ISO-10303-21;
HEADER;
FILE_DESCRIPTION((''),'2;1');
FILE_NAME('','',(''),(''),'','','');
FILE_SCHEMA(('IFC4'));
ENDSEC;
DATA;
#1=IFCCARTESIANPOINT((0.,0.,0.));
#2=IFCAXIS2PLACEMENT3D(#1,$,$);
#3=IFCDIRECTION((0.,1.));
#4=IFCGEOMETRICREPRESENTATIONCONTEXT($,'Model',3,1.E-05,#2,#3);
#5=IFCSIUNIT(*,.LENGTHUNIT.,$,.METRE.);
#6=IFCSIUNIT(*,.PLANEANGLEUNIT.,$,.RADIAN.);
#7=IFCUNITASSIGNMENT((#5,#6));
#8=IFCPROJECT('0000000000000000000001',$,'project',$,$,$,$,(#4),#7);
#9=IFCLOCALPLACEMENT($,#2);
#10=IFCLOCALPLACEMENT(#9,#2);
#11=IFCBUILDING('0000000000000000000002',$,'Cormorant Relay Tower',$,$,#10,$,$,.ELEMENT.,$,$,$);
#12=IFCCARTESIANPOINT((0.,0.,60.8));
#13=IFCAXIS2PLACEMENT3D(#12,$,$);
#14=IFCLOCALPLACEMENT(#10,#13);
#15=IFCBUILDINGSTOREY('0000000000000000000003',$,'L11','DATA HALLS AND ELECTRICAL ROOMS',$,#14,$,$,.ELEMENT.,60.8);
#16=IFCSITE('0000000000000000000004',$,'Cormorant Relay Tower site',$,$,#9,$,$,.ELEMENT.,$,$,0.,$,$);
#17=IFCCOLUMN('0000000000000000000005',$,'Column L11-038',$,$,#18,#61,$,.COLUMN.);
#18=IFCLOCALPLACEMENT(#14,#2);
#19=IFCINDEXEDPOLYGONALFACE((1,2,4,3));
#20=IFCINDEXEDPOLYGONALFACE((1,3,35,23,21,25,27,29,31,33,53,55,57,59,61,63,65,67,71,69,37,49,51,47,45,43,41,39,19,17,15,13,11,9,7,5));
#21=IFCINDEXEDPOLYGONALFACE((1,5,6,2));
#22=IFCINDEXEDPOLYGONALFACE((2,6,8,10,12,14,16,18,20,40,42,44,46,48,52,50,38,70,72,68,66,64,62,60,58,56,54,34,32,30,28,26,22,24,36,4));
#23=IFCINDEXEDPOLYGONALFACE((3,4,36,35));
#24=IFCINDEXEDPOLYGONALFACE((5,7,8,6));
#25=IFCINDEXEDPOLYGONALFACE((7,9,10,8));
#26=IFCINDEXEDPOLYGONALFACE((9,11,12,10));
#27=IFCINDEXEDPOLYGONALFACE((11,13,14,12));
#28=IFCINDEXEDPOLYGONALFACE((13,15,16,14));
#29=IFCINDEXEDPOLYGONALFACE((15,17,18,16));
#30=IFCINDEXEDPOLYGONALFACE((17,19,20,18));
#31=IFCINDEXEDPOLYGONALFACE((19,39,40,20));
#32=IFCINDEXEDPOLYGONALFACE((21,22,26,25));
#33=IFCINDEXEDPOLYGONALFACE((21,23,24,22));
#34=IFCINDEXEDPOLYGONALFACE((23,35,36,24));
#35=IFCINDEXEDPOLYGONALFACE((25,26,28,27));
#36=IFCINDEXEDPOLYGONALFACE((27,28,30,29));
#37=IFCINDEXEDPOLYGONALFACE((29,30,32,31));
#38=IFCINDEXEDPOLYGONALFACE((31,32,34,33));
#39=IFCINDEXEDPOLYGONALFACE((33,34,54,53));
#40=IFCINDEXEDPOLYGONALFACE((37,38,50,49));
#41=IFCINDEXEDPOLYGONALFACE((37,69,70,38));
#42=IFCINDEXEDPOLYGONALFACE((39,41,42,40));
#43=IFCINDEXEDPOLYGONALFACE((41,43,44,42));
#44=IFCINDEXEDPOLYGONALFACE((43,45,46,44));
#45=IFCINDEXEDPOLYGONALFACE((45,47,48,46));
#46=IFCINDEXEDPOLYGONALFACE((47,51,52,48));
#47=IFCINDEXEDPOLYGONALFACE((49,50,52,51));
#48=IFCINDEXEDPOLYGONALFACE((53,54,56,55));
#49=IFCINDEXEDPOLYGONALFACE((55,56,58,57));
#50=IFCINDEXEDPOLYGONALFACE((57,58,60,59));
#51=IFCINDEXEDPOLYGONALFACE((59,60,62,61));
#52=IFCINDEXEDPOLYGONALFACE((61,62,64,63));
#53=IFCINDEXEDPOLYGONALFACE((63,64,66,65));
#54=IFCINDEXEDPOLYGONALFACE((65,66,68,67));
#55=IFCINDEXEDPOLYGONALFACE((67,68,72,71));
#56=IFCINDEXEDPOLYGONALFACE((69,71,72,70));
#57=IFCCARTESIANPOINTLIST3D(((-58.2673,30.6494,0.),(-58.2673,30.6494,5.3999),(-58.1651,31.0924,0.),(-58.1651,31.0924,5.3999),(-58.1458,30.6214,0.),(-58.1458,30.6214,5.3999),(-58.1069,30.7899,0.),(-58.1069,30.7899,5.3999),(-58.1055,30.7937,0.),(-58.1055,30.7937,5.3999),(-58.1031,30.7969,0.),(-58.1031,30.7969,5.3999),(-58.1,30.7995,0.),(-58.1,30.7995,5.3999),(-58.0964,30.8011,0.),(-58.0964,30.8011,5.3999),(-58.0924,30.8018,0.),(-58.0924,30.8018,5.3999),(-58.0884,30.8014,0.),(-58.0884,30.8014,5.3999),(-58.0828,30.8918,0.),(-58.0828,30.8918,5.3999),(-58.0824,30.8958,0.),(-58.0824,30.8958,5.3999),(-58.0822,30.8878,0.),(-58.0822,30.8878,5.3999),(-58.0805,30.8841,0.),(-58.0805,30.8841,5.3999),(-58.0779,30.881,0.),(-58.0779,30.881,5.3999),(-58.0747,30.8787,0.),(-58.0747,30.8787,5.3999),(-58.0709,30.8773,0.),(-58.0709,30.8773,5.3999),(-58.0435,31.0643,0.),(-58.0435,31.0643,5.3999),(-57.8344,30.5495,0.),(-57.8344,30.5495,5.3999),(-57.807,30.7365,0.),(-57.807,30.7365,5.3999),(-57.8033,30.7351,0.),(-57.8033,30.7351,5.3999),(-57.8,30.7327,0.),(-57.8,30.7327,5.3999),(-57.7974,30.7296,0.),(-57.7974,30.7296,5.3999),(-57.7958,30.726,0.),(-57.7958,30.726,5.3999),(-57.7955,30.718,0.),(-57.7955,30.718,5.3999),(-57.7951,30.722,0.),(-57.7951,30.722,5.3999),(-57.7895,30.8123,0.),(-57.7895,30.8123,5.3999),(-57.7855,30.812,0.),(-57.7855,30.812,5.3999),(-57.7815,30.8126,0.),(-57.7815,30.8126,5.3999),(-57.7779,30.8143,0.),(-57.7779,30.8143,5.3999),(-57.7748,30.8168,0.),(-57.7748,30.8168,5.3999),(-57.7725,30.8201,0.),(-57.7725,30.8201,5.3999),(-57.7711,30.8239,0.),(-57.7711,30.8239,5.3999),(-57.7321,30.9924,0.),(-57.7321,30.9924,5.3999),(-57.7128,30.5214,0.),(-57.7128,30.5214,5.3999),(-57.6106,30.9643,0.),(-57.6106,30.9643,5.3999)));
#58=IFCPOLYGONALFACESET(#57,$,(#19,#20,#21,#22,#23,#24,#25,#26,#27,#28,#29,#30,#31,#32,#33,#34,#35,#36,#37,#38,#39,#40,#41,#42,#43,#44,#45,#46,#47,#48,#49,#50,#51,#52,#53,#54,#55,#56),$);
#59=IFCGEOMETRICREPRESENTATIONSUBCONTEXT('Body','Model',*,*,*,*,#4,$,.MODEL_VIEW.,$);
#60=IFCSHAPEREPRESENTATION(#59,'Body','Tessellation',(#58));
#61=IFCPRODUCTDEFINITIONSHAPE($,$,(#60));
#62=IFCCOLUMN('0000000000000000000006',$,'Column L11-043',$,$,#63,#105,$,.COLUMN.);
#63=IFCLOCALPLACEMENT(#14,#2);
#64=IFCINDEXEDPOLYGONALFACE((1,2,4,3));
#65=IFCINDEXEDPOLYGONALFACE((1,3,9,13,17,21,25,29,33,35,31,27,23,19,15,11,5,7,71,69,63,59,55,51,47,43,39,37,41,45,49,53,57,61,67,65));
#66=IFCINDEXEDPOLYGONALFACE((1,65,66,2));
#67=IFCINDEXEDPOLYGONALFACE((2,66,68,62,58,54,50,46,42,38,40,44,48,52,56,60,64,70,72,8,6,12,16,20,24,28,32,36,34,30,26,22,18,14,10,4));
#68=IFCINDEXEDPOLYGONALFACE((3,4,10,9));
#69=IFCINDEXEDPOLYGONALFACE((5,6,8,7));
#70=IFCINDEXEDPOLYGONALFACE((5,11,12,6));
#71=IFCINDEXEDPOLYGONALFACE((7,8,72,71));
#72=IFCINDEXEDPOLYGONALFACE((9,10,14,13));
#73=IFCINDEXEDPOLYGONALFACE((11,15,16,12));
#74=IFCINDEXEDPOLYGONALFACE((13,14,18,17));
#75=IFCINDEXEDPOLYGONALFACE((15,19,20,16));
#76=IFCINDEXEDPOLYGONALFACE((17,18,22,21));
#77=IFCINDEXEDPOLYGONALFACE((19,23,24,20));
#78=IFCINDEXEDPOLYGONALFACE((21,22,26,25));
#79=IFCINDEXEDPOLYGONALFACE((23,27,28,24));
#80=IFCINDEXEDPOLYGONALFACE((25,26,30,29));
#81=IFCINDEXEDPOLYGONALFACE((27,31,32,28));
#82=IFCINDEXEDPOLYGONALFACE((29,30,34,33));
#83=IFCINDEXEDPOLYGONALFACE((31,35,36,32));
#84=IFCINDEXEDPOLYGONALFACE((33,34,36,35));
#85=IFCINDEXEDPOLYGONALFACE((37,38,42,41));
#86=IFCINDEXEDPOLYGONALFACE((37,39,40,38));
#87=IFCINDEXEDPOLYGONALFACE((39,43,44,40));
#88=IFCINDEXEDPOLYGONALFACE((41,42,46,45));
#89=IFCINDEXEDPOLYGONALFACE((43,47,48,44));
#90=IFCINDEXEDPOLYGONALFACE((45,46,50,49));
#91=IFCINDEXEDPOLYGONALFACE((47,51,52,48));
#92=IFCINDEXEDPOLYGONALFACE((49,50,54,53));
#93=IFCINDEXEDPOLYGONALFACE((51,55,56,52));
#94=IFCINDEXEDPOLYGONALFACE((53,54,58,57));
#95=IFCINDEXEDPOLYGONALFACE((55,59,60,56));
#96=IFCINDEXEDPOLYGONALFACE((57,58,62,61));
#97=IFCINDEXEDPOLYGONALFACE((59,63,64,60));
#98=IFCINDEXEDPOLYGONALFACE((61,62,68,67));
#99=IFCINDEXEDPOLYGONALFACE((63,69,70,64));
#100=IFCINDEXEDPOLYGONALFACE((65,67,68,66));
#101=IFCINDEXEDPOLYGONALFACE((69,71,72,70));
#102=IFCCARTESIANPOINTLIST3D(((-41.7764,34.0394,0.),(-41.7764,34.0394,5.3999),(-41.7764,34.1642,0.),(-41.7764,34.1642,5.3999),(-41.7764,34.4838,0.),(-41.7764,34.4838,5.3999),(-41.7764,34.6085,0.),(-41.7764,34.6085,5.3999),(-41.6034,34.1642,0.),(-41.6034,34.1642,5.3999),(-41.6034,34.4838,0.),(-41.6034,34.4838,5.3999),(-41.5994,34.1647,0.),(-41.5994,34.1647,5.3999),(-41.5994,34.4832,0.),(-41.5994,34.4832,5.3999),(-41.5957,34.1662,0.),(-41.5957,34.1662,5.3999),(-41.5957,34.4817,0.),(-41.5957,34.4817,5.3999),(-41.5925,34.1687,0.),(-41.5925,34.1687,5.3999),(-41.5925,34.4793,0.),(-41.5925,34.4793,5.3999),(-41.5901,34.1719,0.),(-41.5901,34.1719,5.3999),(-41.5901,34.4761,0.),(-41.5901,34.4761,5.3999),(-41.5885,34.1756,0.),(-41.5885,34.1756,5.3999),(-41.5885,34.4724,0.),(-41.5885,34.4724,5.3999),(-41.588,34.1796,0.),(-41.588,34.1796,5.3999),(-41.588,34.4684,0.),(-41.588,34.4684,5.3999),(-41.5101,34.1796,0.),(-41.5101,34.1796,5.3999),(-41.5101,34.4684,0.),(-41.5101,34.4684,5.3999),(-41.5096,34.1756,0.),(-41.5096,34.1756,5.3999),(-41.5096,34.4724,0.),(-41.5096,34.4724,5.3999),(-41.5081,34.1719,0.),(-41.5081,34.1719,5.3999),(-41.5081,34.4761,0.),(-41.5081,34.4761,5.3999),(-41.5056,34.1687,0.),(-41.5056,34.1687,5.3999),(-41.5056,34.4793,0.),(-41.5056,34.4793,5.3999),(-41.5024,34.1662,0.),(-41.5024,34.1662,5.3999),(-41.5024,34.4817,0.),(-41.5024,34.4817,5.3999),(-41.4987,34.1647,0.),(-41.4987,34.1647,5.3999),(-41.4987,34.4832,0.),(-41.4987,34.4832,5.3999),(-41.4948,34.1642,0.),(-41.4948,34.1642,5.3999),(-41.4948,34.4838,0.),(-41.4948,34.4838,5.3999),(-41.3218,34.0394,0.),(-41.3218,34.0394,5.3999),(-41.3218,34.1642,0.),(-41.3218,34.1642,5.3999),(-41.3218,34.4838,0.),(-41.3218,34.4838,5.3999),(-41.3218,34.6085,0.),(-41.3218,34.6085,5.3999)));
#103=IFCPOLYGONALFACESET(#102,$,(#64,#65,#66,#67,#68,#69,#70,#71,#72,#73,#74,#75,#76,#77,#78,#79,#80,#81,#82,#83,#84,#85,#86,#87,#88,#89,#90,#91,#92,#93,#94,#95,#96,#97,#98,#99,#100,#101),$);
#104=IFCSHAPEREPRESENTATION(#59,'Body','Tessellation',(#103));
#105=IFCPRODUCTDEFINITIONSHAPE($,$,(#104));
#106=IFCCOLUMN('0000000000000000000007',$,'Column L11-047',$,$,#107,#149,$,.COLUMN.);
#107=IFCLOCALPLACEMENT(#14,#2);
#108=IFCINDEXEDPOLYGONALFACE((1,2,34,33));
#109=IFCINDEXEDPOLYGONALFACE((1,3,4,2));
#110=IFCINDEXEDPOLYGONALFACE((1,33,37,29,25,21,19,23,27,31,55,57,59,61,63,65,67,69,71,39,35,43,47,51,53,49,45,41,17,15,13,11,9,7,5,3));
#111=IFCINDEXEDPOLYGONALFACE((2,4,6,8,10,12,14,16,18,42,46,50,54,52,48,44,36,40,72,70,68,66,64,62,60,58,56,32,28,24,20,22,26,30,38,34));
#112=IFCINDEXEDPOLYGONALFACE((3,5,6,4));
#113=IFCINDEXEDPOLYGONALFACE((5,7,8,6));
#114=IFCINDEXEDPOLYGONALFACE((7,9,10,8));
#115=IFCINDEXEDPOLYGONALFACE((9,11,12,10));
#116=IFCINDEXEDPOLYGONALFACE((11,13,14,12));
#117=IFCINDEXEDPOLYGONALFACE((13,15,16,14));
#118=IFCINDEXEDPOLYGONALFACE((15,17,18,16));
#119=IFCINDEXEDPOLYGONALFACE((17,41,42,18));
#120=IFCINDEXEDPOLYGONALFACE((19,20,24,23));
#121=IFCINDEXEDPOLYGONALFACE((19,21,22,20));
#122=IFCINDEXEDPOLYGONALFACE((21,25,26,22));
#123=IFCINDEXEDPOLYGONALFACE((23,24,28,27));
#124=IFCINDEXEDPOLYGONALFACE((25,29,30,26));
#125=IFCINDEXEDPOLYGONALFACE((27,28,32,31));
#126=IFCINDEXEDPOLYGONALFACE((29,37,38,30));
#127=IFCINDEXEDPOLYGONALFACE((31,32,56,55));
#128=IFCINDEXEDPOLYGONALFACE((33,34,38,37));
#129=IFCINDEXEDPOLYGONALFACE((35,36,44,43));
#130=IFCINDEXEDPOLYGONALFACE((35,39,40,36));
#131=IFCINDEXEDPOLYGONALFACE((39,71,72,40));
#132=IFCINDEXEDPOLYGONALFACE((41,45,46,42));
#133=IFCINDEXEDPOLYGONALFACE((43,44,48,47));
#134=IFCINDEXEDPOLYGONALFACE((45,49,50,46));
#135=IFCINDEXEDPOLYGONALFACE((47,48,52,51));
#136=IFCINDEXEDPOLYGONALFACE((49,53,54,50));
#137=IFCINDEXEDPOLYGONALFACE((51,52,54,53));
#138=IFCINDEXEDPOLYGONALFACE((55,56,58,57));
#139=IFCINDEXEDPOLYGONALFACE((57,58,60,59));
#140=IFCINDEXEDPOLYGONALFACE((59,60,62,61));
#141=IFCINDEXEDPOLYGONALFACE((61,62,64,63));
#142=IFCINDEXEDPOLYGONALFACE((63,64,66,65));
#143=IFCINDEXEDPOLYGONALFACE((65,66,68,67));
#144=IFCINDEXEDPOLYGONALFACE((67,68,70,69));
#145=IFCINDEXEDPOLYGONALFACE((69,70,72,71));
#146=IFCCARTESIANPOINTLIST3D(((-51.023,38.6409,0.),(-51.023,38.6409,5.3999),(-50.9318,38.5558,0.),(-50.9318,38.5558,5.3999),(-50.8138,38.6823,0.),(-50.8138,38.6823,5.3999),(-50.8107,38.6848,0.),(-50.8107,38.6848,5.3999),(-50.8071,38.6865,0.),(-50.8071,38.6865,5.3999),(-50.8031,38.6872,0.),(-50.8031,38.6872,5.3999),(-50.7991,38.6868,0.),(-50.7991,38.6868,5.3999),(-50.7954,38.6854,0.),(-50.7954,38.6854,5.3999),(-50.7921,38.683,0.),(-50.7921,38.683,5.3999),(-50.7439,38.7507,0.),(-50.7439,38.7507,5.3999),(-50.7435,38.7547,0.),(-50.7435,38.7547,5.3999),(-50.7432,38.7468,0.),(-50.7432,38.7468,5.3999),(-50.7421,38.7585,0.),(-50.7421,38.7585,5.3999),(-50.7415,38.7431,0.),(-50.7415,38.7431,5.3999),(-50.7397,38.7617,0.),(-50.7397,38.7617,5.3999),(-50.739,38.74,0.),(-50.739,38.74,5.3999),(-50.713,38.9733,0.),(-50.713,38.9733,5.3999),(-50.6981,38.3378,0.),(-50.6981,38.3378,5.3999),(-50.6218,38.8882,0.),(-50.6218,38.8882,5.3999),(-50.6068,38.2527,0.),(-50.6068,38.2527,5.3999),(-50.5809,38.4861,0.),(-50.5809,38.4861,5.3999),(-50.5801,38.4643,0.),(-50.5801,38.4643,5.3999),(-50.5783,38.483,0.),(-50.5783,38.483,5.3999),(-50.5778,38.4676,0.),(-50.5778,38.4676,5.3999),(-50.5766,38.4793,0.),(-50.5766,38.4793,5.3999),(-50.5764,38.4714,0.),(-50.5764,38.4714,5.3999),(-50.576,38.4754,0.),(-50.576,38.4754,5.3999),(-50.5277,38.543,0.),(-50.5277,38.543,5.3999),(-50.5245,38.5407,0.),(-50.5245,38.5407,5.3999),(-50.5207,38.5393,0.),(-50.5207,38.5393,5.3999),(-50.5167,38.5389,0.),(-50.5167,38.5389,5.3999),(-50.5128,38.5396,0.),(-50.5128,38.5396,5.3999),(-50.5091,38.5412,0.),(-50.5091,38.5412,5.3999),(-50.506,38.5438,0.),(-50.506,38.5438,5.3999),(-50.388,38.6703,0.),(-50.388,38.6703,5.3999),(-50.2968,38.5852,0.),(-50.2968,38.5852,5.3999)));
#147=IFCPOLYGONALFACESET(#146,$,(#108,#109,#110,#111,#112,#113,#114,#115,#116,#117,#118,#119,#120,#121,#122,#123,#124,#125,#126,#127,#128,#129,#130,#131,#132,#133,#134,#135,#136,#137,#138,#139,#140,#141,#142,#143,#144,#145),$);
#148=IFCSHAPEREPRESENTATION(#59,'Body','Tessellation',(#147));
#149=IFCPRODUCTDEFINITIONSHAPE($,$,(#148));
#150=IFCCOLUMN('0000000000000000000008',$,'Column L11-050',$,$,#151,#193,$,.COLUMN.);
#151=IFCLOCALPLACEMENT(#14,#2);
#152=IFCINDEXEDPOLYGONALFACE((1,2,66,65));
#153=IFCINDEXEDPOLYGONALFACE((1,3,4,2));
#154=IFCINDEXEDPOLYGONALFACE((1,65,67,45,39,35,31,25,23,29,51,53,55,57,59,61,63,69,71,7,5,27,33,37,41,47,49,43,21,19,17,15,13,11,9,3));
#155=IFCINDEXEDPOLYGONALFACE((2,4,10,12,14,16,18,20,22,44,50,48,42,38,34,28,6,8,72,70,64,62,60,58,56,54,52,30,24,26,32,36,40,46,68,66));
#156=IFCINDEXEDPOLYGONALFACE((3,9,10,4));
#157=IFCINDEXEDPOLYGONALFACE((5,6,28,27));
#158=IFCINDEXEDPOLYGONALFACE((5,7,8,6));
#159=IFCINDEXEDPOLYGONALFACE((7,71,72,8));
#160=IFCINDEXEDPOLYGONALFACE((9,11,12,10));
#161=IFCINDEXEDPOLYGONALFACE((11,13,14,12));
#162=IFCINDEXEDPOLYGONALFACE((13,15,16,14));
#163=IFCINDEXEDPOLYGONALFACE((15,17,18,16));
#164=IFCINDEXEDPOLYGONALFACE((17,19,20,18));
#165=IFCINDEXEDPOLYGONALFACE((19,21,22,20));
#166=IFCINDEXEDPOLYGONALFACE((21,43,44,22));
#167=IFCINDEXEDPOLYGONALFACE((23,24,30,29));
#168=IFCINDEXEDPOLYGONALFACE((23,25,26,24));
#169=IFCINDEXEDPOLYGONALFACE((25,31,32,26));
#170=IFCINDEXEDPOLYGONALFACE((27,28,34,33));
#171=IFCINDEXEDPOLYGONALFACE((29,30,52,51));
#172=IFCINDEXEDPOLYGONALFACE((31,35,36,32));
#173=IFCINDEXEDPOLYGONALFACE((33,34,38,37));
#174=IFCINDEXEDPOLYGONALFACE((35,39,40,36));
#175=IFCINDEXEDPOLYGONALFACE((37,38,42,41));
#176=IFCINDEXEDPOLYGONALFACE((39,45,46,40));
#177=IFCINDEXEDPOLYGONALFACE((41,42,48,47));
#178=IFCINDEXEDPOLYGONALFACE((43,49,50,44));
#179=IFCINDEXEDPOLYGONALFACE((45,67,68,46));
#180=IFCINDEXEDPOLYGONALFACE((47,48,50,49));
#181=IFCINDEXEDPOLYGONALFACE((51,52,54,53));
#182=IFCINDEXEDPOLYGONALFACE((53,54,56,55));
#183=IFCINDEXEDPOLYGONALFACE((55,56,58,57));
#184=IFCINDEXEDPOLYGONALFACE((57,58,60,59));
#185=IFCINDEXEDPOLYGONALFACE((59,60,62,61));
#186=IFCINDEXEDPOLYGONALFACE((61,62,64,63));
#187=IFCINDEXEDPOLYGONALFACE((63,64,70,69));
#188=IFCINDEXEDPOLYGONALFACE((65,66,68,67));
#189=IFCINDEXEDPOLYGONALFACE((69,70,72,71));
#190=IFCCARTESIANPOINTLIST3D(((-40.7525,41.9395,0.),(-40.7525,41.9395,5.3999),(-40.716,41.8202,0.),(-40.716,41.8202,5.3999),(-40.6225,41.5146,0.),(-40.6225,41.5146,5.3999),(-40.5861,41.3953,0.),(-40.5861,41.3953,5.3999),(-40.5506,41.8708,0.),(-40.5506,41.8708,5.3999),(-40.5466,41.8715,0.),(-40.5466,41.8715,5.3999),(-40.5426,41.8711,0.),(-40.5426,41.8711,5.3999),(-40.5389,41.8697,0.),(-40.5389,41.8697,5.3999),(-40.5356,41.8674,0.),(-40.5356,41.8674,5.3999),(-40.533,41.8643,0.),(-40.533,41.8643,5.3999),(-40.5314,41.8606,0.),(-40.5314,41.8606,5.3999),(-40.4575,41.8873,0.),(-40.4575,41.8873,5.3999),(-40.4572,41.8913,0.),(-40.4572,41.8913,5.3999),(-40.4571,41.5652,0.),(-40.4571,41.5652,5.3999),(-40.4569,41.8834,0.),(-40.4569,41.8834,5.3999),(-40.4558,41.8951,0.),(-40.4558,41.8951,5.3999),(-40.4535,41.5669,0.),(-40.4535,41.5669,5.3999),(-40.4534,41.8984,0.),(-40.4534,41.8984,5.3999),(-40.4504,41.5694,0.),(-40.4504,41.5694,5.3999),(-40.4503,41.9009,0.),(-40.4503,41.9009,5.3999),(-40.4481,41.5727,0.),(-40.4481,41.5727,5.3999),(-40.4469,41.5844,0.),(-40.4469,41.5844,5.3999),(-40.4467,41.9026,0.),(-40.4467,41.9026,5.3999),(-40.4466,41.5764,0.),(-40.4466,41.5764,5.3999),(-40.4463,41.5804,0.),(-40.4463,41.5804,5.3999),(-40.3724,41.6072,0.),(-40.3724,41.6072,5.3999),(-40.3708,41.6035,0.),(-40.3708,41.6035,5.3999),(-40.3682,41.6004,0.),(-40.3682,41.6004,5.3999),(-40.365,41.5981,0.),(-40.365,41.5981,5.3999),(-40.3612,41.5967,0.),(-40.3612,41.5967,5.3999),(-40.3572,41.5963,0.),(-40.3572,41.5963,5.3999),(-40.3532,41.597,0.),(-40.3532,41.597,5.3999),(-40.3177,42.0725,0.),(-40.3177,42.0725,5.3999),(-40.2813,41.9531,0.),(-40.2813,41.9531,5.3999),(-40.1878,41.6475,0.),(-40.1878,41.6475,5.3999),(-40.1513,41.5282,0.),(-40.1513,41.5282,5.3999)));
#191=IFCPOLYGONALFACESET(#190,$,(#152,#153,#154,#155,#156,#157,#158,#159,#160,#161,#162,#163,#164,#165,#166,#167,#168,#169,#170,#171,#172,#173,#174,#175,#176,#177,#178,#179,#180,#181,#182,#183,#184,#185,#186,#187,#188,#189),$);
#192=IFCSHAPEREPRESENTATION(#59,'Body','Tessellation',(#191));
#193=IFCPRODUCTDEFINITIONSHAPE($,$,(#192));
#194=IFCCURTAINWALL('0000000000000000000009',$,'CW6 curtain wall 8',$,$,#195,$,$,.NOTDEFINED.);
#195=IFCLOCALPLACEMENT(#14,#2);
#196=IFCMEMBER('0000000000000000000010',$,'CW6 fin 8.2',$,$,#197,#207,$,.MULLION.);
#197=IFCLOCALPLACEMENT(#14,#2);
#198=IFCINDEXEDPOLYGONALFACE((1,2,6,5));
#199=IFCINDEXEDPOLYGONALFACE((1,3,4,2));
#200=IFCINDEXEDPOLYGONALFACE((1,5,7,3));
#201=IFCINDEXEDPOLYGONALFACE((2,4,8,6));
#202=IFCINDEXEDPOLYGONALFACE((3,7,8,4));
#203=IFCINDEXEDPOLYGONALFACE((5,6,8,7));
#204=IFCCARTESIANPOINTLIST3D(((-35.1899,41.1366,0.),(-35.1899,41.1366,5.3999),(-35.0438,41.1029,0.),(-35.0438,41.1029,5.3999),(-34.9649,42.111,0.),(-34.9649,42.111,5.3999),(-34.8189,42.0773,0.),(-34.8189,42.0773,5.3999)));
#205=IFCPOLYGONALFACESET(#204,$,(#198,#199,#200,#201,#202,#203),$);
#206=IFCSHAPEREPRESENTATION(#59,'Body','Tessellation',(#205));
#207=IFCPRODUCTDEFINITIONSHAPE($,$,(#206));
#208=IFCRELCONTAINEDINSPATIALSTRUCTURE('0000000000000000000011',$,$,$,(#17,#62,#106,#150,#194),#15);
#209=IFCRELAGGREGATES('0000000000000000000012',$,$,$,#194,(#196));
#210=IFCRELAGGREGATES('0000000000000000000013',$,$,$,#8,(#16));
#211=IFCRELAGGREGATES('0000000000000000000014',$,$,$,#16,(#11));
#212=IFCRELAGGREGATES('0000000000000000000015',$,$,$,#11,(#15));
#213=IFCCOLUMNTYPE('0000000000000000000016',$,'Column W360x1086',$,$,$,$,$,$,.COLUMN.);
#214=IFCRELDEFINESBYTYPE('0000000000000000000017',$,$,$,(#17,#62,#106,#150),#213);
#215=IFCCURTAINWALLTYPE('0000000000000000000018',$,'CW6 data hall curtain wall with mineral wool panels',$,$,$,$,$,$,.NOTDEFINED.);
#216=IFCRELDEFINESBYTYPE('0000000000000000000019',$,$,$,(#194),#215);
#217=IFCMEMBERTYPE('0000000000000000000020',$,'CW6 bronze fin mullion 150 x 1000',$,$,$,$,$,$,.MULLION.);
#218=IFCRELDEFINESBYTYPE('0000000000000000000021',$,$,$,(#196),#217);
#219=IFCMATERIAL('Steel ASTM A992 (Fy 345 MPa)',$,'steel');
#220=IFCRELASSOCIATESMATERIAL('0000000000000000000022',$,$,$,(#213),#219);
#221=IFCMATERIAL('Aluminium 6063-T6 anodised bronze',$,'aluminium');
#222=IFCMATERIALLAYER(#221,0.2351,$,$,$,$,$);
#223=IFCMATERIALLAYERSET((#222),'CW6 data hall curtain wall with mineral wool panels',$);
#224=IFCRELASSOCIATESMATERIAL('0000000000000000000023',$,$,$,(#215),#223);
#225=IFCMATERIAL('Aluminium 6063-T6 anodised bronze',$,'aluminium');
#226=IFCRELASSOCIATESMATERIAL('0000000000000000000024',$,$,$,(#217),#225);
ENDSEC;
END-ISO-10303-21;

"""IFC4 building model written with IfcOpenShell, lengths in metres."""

from ifc_helpers import new_model, si_unit, direction, frame, origin, origin_2d, place, context, subcontext, project, spatial, rectangle, i_section, extrude, material, layer, layer_set, material_profile, profile_set, type_object, element, aggregate, save


model = new_model("IFC4")

# Units and contexts
model_context = context("Model", 3, precision=1e-05, world=origin(), true_north=direction((0.0, 1.0)))
body_context = subcontext(model_context, "Body", "Model", "MODEL_VIEW")
ifc_project = project(units=[si_unit("LENGTHUNIT", "METRE"), si_unit("PLANEANGLEUNIT", "RADIAN")], contexts=[model_context])

# Site, building, storey
site_placement = place(None, origin())
site = spatial("IfcSite", under=ifc_project, at=site_placement, Name="Cormorant Relay Tower site", CompositionType="ELEMENT", RefElevation=0.0)
building_placement = place(site_placement, origin())
building = spatial("IfcBuilding", under=site, at=building_placement, Name="Cormorant Relay Tower", CompositionType="ELEMENT")
storey_placement = place(building_placement, frame((0.0, 0.0, 60.8)))
storey = spatial("IfcBuildingStorey", under=building, at=storey_placement, Name="L11", Description="DATA HALLS AND ELECTRICAL ROOMS", CompositionType="ELEMENT", Elevation=60.8)

# Columns
ifc_material_1 = material(Name="Steel ASTM A992 (Fy 345 MPa)", Category="steel")
ifc_material_profile_1 = material_profile(ifc_material_1, i_section(OverallWidth=0.4546, OverallDepth=0.5691, WebThickness=0.0779, FlangeThickness=0.1248, FilletRadius=0.0154, at=origin_2d()), Name="W360x1086")
ifc_profile_set_1 = profile_set([ifc_material_profile_1], Name="Steel ASTM A992 (Fy 345 MPa)")
column_type = type_object("IfcColumnType", Name="Column W360x1086", PredefinedType="COLUMN", material=ifc_profile_set_1)
for number, where, z_axis, x_axis, name in (
    (1, (-57.939, 30.8069, 0.0), (0.0, 0.0, 1.0), (-0.224951, -0.97437, 0.0), "Column L11-038"),
    (2, (-41.5491, 34.324, 0.0), (0.0, 0.0, 1.0), (1.0, 0.0, 0.0), "Column L11-043"),
    (3, (-50.6599, 38.613, 0.0), (0.0, 0.0, 1.0), (-0.681998, -0.731354, 0.0), "Column L11-047"),
    (4, (-40.4519, 41.7339, 0.0), (0.0, 0.0, 1.0), (-0.956305, -0.292372, 0.0), "Column L11-050"),
):
    element("IfcColumn", number, at=place(storey_placement, frame(where, z_axis=z_axis, x_axis=x_axis)), inside=storey, type_object=column_type, Name=name, PredefinedType="COLUMN", context=body_context, shape_type="SweptSolid", body=[
        extrude(i_section(OverallWidth=0.4546, OverallDepth=0.5691, WebThickness=0.0779, FlangeThickness=0.1248, FilletRadius=0.0154, at=origin_2d()), origin(), (0.0, 0.0, 1.0), 5.3999),
    ])

# Curtain wall, member
ifc_material_2 = material(Name="Aluminium 6063-T6 anodised bronze", Category="aluminium")
ifc_layer_1 = layer(ifc_material_2, 0.2351)
ifc_layer_set_1 = layer_set([ifc_layer_1], Name="CW6 data hall curtain wall with mineral wool panels")
curtain_wall_type = type_object("IfcCurtainWallType", Name="CW6 data hall curtain wall with mineral wool panels", PredefinedType="NOTDEFINED", material=ifc_layer_set_1)
curtain_wall_1_placement = place(storey_placement, origin())
curtain_wall_1 = element("IfcCurtainWall", 5, at=curtain_wall_1_placement, inside=storey, type_object=curtain_wall_type, Name="CW6 curtain wall 8", PredefinedType="NOTDEFINED")
ifc_material_3 = material(Name="Aluminium 6063-T6 anodised bronze", Category="aluminium")
ifc_material_profile_2 = material_profile(ifc_material_3, rectangle(XDim=0.1499, YDim=1.0, at=origin_2d()), Name="AL 150x1000")
ifc_profile_set_2 = profile_set([ifc_material_profile_2], Name="Aluminium 6063-T6 anodised bronze")
member_type_1 = type_object("IfcMemberType", Name="CW6 bronze fin mullion 150 x 1000", PredefinedType="MULLION", material=ifc_profile_set_2)
member_1_placement = place(storey_placement, frame((-35.0044, 41.6069, 0.0), z_axis=(0.0, 0.0, 1.0), x_axis=(-0.97437, 0.224951, 0.0)))
member_1 = element("IfcMember", 6, at=member_1_placement, type_object=member_type_1, Name="CW6 fin 8.2", PredefinedType="MULLION", context=body_context, shape_type="SweptSolid", body=[
    extrude(rectangle(XDim=0.1499, YDim=1.0, at=origin_2d()), origin(), (0.0, 0.0, 1.0), 5.3999),
])

aggregate(curtain_wall_1, [member_1])

save(model, "model.ifc")
